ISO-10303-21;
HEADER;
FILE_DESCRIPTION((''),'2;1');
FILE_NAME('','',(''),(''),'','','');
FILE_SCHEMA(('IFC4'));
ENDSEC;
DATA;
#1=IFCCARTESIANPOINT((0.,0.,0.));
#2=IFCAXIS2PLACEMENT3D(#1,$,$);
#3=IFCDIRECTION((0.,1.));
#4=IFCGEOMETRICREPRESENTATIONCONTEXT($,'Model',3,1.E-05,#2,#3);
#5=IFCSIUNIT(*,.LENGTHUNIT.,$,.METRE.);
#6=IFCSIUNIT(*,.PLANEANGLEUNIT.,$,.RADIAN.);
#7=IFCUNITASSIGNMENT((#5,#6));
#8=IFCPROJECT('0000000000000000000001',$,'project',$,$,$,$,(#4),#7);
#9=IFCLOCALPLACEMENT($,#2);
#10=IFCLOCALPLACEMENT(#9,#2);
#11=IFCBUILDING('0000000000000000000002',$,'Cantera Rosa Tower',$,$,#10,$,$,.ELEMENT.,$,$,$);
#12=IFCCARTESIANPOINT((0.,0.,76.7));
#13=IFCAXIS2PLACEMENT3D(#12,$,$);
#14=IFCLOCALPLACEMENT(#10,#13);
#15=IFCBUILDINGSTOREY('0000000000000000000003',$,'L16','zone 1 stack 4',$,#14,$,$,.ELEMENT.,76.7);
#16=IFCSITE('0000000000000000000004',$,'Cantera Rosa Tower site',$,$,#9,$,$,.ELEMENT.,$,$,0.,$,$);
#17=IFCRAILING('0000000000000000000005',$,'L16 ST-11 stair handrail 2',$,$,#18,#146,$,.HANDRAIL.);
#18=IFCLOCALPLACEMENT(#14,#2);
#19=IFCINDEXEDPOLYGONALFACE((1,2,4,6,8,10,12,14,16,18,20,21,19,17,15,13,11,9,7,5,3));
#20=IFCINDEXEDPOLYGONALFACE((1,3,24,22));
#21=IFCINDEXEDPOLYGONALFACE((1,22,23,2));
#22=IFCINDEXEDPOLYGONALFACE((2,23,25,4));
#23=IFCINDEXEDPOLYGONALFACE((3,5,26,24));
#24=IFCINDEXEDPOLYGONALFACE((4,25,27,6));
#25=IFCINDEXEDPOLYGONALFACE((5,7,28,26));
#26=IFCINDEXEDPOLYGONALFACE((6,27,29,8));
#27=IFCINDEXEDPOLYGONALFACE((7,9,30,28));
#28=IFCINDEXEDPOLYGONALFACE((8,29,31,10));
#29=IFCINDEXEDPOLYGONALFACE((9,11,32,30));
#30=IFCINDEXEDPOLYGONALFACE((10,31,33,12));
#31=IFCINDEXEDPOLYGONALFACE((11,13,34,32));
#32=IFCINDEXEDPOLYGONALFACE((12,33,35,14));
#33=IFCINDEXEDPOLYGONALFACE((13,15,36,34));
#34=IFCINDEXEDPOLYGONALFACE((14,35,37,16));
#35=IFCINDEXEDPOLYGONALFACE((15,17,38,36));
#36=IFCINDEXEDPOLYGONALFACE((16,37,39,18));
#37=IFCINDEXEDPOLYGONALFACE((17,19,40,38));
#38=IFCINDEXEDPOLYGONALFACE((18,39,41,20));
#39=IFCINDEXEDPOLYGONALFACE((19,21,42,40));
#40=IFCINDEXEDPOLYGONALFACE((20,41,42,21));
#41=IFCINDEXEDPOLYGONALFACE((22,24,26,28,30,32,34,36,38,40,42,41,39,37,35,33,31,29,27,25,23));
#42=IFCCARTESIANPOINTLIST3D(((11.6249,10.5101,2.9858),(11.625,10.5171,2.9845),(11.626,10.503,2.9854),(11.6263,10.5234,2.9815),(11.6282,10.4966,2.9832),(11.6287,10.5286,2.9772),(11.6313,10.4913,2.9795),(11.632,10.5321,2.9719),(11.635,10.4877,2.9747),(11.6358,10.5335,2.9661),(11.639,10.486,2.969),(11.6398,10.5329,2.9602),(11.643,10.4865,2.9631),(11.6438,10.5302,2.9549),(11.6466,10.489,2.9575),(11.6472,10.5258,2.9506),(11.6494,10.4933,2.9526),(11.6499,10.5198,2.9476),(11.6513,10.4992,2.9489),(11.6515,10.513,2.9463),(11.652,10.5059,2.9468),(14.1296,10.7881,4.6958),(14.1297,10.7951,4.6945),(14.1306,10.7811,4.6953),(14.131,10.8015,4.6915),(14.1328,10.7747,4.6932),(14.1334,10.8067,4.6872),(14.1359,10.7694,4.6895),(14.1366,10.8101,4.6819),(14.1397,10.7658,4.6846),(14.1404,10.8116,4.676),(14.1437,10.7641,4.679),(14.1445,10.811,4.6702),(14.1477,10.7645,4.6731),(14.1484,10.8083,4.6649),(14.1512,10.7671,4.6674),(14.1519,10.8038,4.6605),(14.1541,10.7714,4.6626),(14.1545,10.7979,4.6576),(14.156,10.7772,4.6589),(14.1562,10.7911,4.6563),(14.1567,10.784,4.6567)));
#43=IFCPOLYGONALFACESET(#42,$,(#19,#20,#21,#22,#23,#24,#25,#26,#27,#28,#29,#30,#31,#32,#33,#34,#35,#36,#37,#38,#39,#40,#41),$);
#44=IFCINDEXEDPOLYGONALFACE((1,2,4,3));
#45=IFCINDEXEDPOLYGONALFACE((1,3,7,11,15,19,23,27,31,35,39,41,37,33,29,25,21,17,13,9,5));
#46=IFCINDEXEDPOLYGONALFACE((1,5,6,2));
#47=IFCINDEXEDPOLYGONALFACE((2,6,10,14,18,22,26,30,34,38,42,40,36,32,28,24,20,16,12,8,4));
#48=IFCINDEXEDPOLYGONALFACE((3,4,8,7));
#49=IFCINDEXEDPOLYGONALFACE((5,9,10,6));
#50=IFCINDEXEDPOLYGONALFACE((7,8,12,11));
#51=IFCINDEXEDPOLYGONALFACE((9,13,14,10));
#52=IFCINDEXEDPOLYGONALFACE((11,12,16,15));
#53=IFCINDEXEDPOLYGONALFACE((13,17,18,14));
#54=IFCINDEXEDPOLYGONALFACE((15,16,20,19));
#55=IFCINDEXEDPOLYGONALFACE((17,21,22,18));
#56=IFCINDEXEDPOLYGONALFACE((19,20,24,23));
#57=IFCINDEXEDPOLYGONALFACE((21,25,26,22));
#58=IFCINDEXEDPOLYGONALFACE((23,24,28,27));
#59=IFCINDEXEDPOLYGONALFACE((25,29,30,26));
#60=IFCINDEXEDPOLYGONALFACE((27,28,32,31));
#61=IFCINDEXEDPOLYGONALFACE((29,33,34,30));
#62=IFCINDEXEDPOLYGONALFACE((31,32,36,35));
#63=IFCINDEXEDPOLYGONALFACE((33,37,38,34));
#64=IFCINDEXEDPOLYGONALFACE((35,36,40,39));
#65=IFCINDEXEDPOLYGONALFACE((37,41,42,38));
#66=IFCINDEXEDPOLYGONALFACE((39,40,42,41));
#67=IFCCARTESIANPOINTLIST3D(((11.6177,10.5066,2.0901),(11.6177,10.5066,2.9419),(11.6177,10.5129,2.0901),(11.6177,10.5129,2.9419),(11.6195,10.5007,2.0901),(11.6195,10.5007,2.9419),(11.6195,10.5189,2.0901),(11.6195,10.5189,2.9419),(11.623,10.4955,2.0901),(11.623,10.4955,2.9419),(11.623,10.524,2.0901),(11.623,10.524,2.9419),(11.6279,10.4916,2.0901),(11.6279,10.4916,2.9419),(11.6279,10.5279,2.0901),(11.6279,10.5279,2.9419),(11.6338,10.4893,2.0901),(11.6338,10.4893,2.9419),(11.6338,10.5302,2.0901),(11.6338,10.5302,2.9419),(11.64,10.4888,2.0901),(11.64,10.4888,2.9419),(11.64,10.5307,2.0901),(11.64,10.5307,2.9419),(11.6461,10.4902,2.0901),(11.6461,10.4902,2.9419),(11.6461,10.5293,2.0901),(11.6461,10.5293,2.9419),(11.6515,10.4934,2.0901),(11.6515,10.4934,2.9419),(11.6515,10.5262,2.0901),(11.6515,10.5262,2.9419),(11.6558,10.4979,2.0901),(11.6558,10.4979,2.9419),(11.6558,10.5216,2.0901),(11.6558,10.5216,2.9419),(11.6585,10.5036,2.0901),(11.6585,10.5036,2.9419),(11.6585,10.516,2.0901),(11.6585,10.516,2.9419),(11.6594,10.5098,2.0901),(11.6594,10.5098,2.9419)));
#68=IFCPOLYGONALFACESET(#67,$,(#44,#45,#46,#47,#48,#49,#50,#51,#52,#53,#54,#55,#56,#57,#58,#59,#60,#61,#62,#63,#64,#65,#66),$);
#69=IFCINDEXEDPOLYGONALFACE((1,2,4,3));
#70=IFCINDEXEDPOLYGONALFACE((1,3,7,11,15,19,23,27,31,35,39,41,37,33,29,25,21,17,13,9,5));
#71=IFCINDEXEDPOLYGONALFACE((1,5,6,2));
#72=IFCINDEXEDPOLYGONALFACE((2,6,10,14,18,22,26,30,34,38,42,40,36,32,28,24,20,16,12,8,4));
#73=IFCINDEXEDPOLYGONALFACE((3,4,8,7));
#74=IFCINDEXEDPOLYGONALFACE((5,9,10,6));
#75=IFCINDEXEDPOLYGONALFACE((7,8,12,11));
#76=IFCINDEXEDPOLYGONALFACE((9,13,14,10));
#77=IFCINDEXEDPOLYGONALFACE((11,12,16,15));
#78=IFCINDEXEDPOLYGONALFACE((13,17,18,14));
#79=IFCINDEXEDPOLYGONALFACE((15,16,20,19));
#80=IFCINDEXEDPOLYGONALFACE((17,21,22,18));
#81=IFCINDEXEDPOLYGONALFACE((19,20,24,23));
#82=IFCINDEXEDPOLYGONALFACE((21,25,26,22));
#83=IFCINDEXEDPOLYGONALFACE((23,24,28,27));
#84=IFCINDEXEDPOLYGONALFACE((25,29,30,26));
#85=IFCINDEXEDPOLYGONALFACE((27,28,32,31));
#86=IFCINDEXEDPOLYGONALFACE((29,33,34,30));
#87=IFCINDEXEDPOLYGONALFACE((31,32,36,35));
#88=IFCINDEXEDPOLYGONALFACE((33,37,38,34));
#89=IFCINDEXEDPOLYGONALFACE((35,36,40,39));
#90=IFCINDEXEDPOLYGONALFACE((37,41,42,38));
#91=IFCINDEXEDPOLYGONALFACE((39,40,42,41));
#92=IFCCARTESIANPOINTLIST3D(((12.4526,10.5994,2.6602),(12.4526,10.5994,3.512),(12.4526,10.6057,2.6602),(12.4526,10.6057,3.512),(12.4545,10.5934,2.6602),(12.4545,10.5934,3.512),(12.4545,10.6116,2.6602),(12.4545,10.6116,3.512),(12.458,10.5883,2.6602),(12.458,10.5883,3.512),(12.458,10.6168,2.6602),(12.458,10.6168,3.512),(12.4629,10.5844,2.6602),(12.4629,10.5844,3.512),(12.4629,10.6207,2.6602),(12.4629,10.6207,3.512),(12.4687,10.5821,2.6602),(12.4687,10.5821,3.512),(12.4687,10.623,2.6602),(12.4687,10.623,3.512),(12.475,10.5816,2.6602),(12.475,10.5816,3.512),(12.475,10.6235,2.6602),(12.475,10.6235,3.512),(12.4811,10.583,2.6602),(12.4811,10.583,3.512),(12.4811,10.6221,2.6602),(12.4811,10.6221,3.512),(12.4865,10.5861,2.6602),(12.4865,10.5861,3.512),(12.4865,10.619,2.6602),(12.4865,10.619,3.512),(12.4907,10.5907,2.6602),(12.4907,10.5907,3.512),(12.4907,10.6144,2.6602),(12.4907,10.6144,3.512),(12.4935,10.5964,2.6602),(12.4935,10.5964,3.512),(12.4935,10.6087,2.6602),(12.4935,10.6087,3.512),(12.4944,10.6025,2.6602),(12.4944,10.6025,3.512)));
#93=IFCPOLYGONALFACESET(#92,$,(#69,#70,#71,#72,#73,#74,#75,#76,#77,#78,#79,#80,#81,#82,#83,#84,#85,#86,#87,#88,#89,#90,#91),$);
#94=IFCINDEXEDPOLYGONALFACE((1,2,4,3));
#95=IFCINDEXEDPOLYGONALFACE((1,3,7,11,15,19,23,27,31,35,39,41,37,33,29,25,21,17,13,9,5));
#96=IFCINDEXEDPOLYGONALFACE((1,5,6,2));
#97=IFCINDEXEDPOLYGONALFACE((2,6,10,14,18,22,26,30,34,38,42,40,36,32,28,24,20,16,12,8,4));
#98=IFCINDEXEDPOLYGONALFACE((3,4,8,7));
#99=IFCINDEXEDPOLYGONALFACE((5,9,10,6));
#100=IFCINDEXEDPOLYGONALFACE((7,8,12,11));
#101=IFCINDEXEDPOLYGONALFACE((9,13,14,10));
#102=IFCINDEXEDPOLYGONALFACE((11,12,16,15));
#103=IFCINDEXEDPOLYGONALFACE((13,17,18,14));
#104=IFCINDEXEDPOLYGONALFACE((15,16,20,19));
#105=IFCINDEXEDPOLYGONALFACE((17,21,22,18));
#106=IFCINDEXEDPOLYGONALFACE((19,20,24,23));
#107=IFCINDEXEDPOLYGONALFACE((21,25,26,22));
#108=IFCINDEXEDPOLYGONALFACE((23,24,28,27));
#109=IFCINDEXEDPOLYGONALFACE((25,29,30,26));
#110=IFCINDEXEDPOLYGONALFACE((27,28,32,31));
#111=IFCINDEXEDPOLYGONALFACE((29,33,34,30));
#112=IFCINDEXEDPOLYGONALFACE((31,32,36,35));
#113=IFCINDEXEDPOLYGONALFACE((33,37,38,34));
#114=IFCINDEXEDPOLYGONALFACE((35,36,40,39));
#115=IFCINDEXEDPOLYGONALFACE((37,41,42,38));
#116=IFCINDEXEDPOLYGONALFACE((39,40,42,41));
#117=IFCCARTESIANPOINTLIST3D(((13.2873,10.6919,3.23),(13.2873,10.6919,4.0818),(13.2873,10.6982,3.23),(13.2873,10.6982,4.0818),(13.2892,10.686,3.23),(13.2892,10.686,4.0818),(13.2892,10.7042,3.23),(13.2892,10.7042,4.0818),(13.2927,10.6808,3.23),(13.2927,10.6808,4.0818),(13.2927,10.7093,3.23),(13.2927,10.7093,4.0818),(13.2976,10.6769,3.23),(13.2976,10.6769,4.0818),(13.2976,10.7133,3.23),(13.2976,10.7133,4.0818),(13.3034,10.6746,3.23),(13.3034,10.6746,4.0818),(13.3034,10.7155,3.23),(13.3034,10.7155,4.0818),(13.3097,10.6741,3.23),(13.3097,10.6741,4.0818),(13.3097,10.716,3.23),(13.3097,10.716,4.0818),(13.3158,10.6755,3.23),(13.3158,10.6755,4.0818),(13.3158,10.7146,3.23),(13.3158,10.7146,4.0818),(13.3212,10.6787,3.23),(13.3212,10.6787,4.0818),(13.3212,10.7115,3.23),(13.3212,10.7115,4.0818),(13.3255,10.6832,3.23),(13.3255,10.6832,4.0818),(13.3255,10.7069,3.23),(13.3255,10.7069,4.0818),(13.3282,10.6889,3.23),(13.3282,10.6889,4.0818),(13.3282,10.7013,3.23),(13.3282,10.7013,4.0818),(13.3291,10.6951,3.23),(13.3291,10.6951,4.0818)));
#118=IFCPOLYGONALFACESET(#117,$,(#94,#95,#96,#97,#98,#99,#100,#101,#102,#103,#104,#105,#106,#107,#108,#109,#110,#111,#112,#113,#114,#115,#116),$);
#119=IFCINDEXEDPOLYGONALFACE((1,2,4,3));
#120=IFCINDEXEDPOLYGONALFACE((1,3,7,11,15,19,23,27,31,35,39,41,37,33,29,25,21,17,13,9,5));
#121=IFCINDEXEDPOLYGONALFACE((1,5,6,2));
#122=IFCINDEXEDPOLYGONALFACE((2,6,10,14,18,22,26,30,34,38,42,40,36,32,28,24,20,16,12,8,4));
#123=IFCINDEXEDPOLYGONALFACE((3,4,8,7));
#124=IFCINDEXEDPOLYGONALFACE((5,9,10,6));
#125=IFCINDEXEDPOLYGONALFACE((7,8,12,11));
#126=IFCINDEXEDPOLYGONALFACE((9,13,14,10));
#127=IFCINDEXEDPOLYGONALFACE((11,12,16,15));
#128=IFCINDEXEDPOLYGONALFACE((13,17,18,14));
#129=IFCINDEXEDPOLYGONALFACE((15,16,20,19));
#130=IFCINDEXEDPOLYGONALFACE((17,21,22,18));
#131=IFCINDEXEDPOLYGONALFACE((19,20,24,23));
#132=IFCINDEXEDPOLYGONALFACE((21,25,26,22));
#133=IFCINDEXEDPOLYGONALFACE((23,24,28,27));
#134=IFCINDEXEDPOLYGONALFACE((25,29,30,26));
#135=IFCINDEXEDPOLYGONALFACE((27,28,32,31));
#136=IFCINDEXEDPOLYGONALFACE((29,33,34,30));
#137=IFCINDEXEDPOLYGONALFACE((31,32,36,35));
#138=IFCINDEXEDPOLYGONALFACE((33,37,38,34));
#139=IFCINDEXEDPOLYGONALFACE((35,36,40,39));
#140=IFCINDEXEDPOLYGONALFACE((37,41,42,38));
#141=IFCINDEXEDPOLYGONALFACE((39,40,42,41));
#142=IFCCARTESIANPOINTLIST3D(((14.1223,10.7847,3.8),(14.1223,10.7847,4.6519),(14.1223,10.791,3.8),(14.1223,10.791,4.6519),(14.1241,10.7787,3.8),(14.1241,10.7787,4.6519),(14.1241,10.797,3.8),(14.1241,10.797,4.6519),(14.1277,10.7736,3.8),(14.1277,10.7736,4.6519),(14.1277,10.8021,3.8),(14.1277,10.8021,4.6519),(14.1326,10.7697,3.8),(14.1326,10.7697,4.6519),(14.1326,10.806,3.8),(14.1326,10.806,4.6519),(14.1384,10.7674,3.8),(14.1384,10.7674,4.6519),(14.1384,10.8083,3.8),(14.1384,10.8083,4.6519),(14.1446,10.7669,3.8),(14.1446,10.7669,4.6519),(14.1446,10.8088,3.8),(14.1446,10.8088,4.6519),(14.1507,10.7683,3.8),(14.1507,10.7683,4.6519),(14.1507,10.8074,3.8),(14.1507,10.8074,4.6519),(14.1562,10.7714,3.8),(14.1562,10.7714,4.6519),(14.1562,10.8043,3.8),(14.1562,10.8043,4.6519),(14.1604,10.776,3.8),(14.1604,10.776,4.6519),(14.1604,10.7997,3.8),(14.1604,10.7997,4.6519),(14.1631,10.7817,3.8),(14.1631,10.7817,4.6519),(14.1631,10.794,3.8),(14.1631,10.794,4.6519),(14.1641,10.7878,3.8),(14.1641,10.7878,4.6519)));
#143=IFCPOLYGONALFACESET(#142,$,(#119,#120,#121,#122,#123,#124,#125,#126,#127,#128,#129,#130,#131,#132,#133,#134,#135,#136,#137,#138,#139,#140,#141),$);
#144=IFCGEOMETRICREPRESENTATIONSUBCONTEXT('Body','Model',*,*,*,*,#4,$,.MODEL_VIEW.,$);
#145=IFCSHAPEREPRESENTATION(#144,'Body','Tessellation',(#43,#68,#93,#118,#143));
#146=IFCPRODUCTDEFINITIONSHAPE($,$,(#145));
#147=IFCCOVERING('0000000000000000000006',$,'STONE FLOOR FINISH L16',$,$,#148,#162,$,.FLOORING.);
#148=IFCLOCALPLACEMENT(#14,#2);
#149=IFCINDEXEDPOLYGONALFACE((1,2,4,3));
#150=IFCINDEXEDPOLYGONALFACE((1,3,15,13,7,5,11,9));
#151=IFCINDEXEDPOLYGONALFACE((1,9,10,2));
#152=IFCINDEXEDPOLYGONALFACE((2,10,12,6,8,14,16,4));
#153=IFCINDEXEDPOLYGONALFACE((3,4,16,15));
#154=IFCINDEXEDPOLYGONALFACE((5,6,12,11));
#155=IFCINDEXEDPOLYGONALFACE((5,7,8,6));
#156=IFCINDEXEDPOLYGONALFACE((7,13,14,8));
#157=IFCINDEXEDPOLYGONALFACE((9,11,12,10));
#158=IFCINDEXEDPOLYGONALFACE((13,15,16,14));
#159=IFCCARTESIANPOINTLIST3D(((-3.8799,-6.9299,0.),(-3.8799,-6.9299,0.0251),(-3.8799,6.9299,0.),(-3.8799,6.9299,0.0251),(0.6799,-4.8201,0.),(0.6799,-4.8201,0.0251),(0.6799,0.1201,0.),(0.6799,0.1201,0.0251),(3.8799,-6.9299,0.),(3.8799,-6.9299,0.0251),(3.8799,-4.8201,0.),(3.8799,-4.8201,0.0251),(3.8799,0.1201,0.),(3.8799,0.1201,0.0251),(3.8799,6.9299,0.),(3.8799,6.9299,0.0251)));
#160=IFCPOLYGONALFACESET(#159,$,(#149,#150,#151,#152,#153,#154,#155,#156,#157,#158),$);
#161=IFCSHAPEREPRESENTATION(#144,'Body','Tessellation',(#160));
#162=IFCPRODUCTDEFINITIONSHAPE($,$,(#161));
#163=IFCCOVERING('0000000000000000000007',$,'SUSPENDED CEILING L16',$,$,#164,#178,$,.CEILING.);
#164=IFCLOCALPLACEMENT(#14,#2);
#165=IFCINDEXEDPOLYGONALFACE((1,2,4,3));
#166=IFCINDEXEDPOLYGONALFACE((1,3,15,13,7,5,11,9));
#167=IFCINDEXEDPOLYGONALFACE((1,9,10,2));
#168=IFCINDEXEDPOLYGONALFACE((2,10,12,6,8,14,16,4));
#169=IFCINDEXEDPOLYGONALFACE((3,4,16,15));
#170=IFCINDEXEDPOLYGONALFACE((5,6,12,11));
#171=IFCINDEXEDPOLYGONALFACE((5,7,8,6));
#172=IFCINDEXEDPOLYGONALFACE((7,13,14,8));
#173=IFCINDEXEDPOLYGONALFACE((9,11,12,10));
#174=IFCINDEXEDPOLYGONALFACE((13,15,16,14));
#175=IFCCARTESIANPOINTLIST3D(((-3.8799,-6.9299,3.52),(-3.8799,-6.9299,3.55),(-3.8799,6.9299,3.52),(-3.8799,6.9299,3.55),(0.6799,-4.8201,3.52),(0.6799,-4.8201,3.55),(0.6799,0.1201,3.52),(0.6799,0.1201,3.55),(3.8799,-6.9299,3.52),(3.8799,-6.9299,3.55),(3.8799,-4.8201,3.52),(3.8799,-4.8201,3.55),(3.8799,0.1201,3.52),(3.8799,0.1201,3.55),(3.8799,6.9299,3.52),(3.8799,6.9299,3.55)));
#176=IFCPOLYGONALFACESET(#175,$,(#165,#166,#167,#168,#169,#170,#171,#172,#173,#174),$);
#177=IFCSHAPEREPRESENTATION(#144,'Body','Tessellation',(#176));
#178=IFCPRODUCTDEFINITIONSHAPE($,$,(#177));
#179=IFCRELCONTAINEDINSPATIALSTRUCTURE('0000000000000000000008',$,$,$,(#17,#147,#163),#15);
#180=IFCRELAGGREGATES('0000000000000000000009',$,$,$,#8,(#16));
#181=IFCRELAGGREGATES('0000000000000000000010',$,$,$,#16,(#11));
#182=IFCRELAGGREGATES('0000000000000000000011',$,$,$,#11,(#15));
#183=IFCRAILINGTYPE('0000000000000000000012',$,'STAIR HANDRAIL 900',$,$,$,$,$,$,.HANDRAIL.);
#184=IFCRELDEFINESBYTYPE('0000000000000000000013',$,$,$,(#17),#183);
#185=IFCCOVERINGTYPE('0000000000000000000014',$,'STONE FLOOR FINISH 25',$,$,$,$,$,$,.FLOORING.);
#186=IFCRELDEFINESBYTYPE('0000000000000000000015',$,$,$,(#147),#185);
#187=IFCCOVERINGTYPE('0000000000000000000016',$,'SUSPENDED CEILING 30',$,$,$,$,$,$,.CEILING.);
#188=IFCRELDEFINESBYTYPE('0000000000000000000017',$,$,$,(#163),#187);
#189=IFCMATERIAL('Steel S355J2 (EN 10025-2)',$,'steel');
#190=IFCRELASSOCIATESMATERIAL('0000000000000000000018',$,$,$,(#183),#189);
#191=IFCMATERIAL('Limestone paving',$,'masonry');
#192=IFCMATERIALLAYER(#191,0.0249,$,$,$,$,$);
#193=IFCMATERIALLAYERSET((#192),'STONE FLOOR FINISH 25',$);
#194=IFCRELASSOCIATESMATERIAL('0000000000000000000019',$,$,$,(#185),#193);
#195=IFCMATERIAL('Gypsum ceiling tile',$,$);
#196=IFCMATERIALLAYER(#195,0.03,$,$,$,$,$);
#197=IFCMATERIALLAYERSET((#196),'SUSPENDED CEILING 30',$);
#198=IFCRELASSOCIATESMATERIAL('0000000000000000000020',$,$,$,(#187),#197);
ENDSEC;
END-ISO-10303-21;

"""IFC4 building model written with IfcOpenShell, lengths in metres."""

from ifc_helpers import new_model, si_unit, direction, frame, origin, origin_2d, place, context, subcontext, project, spatial, polyline, circle, outline, extrude, material, layer, layer_set, type_object, element, save


model = new_model("IFC4")

# Units and contexts
model_context = context("Model", 3, precision=1e-05, world=origin(), true_north=direction((0.0, 1.0)))
body_context = subcontext(model_context, "Body", "Model", "MODEL_VIEW")
ifc_project = project(units=[si_unit("LENGTHUNIT", "METRE"), si_unit("PLANEANGLEUNIT", "RADIAN")], contexts=[model_context])

# Site, building, storey
site_placement = place(None, origin())
site = spatial("IfcSite", under=ifc_project, at=site_placement, Name="Cantera Rosa Tower site", CompositionType="ELEMENT", RefElevation=0.0)
building_placement = place(site_placement, origin())
building = spatial("IfcBuilding", under=site, at=building_placement, Name="Cantera Rosa Tower", CompositionType="ELEMENT")
storey_placement = place(building_placement, frame((0.0, 0.0, 76.7)))
storey = spatial("IfcBuildingStorey", under=building, at=storey_placement, Name="L16", Description="zone 1 stack 4", CompositionType="ELEMENT", Elevation=76.7)

# Railing
ifc_material_1 = material(Name="Steel S355J2 (EN 10025-2)", Category="steel")
railing_type_1 = type_object("IfcRailingType", Name="STAIR HANDRAIL 900", PredefinedType="HANDRAIL", material=ifc_material_1)
railing_1_placement = place(storey_placement, frame((11.6384, 10.5098, 2.0901)))
element("IfcRailing", 1, at=railing_1_placement, inside=storey, type_object=railing_type_1, Name="L16 ST-11 stair handrail 2", PredefinedType="HANDRAIL", context=body_context, shape_type="SweptSolid", body=[
    extrude(circle(Radius=0.0239, at=origin_2d()), frame((0.0, 0.0, 0.876), z_axis=(0.822431, 0.09131, 0.561488), x_axis=(-0.110346, 0.993893, 0.0)), (0.0, 0.0, 1.0), 3.0454),
    extrude(circle(Radius=0.021, at=origin_2d()), origin(), (0.0, 0.0, 1.0), 0.8518),
    extrude(circle(Radius=0.021, at=origin_2d()), frame((0.835, 0.0928, 0.5701)), (0.0, 0.0, 1.0), 0.8518),
    extrude(circle(Radius=0.021, at=origin_2d()), frame((1.6697, 0.1853, 1.1399)), (0.0, 0.0, 1.0), 0.8518),
    extrude(circle(Radius=0.021, at=origin_2d()), frame((2.5046, 0.2781, 1.71)), (0.0, 0.0, 1.0), 0.8518),
])

# Coverings
ifc_material_2 = material(Name="Limestone paving", Category="masonry")
ifc_layer_1 = layer(ifc_material_2, 0.0249)
ifc_layer_set_1 = layer_set([ifc_layer_1], Name="STONE FLOOR FINISH 25")
covering_type_1 = type_object("IfcCoveringType", Name="STONE FLOOR FINISH 25", PredefinedType="FLOORING", material=ifc_layer_set_1)
covering_1_placement = place(storey_placement, origin())
element("IfcCovering", 2, at=covering_1_placement, inside=storey, type_object=covering_type_1, Name="STONE FLOOR FINISH L16", PredefinedType="FLOORING", context=body_context, shape_type="SweptSolid", body=[
    extrude(outline(polyline([(3.8799, 6.9299), (3.8799, 0.1201), (0.6799, 0.1201), (0.6799, -4.8201), (3.8799, -4.8201), (3.8799, -6.9299), (-3.8799, -6.9299), (-3.8799, 6.9299), (3.8799, 6.9299)])), origin(), (0.0, 0.0, 1.0), 0.0251),
])
ifc_material_3 = material(Name="Gypsum ceiling tile")
ifc_layer_2 = layer(ifc_material_3, 0.03)
ifc_layer_set_2 = layer_set([ifc_layer_2], Name="SUSPENDED CEILING 30")
covering_type_2 = type_object("IfcCoveringType", Name="SUSPENDED CEILING 30", PredefinedType="CEILING", material=ifc_layer_set_2)
covering_2_placement = place(storey_placement, frame((0.0, 0.0, 3.52)))
element("IfcCovering", 3, at=covering_2_placement, inside=storey, type_object=covering_type_2, Name="SUSPENDED CEILING L16", PredefinedType="CEILING", context=body_context, shape_type="SweptSolid", body=[
    extrude(outline(polyline([(3.8799, 6.9299), (3.8799, 0.1201), (0.6799, 0.1201), (0.6799, -4.8201), (3.8799, -4.8201), (3.8799, -6.9299), (-3.8799, -6.9299), (-3.8799, 6.9299), (3.8799, 6.9299)])), origin(), (0.0, 0.0, 1.0), 0.03),
])

save(model, "model.ifc")
